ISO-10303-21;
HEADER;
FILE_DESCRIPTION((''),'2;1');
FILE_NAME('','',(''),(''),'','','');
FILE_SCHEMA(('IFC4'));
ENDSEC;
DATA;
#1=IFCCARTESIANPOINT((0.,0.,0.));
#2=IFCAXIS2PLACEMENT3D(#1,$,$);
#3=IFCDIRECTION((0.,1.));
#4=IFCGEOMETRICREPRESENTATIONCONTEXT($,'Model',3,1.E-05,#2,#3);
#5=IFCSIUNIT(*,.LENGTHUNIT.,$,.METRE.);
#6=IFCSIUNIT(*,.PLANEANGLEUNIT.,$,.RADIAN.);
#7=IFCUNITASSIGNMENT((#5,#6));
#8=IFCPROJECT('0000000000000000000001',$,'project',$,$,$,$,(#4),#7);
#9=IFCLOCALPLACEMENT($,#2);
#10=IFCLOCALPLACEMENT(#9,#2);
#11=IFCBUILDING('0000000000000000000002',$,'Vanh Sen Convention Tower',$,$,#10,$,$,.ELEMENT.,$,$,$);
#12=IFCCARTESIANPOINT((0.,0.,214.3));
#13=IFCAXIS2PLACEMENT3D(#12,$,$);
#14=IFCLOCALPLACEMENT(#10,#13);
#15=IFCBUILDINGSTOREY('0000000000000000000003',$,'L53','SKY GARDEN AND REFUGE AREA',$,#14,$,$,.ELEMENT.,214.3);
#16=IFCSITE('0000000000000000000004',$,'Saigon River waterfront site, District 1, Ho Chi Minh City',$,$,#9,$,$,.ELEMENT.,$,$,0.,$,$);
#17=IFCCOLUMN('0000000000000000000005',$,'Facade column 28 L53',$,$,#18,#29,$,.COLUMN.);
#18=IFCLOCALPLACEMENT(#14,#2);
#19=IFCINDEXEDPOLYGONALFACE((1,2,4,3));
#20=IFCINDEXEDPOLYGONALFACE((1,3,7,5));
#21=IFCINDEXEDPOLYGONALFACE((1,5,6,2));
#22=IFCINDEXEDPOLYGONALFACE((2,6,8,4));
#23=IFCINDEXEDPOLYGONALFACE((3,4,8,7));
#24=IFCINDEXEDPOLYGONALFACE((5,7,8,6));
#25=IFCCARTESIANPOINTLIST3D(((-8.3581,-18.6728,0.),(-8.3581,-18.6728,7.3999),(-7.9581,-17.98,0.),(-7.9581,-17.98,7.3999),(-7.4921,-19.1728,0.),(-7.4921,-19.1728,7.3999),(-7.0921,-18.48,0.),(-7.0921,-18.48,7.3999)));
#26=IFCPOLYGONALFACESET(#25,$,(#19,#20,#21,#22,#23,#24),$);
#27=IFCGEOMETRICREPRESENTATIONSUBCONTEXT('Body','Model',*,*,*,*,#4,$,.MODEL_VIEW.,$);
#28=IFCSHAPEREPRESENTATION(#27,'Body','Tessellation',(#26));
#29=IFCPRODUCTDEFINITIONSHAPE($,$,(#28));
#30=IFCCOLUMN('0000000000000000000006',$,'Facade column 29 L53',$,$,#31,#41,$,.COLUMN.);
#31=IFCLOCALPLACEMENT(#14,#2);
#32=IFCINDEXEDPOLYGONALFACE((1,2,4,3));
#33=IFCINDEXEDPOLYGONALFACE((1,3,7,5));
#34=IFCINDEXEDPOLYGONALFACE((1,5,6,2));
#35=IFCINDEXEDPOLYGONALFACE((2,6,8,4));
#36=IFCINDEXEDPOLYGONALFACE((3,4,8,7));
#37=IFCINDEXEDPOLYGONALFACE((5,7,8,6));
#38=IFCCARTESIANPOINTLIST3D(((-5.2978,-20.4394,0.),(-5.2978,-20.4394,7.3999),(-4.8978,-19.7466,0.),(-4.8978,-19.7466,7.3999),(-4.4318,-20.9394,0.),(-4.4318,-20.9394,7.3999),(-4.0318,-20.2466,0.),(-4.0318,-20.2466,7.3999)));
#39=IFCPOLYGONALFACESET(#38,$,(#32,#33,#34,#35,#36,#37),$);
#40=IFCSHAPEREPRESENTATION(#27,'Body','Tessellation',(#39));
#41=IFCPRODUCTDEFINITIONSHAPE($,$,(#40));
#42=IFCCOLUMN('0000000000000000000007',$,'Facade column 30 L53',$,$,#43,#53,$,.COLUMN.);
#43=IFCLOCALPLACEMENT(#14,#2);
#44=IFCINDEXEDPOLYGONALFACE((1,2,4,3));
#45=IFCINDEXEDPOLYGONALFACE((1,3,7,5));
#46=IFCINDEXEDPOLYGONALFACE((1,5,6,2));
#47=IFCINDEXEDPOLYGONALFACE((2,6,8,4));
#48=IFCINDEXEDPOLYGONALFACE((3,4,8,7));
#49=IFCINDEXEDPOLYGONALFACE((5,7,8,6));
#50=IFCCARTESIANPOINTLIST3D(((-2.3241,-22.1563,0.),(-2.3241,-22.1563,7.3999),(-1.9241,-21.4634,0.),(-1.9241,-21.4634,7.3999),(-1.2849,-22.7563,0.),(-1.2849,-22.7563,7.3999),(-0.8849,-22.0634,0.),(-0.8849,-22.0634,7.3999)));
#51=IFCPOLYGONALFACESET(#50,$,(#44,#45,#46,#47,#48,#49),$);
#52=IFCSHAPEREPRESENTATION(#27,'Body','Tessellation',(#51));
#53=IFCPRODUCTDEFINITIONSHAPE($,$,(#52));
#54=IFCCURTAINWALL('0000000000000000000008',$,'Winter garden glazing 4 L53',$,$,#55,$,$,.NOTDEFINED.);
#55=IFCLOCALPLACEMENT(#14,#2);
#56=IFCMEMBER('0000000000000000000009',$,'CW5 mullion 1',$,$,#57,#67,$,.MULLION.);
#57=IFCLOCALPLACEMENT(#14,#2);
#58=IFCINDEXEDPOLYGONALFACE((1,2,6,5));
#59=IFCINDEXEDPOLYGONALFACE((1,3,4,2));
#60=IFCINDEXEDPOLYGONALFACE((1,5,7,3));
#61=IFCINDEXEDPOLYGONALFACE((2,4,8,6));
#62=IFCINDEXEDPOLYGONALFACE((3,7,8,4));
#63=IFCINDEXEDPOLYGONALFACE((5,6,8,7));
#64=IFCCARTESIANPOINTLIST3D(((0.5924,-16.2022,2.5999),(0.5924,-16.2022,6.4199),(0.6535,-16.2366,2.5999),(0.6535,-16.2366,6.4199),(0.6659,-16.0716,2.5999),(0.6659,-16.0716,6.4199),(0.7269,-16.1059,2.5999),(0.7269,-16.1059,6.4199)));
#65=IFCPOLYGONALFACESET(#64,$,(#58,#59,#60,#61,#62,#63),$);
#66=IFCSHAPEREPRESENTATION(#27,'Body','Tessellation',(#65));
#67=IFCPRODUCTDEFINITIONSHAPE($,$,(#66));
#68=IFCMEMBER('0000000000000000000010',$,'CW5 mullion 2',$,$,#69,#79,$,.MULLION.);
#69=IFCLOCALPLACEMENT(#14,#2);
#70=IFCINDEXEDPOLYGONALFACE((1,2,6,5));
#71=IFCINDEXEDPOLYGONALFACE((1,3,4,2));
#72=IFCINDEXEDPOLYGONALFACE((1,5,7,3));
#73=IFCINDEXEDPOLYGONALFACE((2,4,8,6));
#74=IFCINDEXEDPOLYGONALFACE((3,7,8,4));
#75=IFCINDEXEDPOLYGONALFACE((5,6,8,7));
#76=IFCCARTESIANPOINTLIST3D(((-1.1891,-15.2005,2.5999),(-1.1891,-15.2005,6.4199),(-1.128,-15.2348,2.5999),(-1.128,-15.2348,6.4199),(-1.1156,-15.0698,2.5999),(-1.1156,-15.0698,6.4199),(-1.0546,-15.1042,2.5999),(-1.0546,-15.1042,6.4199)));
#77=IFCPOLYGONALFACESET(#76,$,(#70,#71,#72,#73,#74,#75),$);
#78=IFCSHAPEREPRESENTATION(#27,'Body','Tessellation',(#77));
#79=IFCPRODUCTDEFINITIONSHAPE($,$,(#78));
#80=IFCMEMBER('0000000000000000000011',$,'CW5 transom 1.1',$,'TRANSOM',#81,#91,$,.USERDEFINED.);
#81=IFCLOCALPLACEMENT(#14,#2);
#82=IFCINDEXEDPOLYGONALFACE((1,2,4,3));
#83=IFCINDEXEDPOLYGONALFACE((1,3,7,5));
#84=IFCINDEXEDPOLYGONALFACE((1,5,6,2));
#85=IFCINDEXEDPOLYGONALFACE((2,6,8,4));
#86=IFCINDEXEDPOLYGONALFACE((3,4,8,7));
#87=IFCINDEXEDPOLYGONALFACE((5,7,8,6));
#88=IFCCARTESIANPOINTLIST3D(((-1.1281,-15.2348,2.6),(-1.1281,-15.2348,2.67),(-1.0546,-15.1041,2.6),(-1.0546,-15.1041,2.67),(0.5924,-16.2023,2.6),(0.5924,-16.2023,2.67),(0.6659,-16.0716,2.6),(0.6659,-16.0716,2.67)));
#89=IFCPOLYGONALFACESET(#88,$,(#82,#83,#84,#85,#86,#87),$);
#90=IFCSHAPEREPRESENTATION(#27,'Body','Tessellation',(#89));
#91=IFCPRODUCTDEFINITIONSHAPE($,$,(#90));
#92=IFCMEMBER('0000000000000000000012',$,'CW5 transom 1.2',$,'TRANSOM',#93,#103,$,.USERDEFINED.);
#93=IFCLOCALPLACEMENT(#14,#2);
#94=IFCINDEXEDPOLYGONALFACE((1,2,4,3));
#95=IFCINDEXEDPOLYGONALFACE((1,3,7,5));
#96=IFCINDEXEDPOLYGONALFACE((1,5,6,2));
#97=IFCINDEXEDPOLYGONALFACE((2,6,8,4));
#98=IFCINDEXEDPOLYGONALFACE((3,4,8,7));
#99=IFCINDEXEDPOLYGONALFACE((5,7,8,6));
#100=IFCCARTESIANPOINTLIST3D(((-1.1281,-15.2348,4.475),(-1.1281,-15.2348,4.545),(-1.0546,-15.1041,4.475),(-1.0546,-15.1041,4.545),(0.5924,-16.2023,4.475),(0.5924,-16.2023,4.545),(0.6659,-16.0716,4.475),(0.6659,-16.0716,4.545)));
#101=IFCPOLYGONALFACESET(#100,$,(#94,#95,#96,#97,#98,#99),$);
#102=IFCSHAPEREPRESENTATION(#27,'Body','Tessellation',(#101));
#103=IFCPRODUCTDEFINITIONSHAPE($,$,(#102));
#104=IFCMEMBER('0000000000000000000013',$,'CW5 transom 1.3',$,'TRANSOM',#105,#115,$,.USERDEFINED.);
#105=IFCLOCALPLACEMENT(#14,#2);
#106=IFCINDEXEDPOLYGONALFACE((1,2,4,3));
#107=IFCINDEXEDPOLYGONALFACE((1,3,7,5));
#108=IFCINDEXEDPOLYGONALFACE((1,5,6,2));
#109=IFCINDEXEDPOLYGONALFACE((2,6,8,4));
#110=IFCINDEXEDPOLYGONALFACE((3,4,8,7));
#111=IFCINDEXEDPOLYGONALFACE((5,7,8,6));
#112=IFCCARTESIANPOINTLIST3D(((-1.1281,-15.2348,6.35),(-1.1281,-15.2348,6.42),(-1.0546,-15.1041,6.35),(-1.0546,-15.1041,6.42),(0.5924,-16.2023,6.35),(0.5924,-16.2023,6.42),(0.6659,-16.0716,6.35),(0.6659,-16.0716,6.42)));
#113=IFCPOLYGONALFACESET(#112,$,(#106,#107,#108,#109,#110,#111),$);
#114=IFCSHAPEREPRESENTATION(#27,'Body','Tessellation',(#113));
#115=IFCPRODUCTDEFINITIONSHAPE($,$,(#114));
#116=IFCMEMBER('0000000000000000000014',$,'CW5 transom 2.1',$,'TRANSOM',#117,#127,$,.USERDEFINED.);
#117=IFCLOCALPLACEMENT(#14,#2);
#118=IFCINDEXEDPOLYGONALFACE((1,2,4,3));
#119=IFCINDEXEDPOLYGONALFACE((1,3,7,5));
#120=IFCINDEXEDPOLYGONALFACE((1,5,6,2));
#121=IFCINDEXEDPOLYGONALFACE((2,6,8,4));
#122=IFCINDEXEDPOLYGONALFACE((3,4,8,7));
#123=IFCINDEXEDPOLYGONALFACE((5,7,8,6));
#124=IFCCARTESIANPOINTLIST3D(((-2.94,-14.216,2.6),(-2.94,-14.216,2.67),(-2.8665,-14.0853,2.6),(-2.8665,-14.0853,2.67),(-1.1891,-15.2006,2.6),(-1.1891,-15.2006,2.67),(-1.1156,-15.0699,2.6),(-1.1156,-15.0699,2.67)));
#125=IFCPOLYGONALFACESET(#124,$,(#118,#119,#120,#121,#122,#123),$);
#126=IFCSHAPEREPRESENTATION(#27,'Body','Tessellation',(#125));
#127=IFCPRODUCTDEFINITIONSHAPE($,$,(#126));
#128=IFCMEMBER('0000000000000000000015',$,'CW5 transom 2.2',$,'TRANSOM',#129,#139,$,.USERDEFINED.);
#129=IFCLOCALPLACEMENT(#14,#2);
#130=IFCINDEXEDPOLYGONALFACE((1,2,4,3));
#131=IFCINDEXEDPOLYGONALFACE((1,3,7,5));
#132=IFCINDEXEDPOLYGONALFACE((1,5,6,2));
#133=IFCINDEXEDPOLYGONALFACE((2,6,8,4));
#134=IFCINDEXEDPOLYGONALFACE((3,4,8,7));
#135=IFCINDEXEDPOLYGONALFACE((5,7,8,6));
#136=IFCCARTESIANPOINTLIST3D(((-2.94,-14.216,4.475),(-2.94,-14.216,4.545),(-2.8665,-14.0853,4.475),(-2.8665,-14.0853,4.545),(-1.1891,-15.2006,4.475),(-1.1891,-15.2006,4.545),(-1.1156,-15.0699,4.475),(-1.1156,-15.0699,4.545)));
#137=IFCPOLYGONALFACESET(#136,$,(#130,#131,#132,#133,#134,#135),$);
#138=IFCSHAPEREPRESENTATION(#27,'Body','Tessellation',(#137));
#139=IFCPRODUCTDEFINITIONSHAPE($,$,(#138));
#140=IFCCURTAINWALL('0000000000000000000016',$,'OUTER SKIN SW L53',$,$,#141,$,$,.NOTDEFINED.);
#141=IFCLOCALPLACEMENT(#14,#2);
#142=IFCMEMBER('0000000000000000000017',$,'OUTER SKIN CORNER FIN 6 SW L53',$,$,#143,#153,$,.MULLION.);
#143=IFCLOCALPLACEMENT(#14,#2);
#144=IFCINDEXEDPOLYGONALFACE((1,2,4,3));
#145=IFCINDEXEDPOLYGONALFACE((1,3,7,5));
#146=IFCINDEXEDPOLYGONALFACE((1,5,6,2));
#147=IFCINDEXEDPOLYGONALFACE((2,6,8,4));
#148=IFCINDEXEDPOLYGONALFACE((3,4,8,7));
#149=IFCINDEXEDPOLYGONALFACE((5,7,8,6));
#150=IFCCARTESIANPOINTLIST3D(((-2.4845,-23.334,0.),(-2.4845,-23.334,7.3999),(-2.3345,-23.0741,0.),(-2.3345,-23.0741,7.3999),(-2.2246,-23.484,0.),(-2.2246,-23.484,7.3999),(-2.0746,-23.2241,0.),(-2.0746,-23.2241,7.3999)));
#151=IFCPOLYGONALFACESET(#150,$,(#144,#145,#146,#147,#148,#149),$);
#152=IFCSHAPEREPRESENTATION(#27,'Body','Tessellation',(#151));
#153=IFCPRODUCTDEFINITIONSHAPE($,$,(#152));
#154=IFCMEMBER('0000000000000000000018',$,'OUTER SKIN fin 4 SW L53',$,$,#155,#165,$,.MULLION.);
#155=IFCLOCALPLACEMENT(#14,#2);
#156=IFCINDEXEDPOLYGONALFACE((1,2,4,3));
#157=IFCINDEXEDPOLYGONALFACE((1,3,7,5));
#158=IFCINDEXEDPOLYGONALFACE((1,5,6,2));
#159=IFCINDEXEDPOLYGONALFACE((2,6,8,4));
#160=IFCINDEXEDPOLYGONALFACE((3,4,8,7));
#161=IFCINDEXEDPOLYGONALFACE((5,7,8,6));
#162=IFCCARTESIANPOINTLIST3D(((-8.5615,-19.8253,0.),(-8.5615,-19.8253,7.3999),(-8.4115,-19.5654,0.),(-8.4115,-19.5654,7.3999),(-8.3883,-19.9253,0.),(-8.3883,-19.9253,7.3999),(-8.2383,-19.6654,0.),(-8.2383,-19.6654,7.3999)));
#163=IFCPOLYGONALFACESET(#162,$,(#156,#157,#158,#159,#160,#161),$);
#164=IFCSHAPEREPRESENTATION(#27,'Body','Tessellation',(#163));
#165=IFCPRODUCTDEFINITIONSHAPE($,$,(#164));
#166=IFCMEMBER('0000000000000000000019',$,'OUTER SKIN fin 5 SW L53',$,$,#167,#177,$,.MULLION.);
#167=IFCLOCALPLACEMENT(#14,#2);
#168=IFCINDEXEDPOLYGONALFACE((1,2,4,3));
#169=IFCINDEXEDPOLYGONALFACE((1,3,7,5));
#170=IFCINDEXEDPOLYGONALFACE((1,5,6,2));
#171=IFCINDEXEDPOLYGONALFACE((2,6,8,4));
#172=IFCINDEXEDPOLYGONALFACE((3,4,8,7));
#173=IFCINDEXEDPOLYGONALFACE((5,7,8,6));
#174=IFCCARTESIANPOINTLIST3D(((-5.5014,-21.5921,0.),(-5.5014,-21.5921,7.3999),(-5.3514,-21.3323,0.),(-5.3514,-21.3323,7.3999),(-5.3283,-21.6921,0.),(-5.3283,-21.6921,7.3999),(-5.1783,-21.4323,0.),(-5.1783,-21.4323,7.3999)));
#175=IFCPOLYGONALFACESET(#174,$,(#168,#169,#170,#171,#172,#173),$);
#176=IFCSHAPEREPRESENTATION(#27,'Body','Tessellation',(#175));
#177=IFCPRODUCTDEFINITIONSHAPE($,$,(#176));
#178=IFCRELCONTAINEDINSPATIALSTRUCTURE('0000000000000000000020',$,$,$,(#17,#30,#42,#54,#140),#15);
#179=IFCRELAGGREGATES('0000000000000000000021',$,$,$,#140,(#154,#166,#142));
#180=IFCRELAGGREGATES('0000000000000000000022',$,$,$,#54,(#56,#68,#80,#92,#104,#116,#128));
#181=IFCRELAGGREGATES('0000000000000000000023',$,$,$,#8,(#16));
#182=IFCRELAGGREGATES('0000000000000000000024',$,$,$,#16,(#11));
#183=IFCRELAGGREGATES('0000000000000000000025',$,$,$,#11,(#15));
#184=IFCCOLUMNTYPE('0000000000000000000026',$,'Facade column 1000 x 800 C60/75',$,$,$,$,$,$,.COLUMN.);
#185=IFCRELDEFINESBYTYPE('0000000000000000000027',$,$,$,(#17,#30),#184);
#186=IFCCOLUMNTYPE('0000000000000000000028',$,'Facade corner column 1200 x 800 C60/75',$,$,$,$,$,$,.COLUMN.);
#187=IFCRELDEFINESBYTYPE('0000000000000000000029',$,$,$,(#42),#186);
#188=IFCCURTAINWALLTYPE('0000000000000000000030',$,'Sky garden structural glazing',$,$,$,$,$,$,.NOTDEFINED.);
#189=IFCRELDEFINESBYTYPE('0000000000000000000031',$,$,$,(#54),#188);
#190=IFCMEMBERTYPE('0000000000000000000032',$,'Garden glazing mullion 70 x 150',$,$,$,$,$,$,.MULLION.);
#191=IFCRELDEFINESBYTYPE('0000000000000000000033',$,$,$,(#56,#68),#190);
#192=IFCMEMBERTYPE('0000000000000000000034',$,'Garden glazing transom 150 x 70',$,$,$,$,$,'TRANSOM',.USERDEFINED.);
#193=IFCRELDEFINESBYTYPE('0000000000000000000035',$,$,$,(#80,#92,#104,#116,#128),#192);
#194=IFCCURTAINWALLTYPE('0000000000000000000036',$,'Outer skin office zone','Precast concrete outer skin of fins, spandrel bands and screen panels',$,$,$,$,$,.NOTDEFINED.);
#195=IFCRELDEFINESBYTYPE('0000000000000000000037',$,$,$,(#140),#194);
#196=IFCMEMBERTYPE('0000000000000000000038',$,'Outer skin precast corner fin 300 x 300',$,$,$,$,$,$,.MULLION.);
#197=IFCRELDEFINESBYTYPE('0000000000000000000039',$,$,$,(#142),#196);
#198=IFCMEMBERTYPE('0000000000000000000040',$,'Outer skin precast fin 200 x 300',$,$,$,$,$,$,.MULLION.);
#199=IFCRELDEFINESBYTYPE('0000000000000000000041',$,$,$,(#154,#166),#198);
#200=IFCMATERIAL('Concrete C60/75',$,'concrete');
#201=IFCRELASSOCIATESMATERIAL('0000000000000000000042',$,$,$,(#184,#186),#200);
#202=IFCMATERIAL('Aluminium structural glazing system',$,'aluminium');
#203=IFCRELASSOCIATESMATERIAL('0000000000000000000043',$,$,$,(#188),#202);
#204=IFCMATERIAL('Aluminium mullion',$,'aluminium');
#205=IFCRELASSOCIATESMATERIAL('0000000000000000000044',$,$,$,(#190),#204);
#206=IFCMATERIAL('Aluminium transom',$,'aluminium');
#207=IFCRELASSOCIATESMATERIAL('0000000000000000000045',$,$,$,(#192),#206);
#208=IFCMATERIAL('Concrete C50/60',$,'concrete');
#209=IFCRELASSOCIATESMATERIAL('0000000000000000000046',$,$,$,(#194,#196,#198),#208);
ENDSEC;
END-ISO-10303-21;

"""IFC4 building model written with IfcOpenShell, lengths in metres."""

from ifc_helpers import new_model, si_unit, direction, frame, origin, origin_2d, place, context, subcontext, project, spatial, rectangle, extrude, material, material_profile, profile_set, type_object, element, aggregate, save


model = new_model("IFC4")

# Units and contexts
model_context = context("Model", 3, precision=1e-05, world=origin(), true_north=direction((0.0, 1.0)))
body_context = subcontext(model_context, "Body", "Model", "MODEL_VIEW")
ifc_project = project(units=[si_unit("LENGTHUNIT", "METRE"), si_unit("PLANEANGLEUNIT", "RADIAN")], contexts=[model_context])

# Site, building, storey
site_placement = place(None, origin())
site = spatial("IfcSite", under=ifc_project, at=site_placement, Name="Saigon River waterfront site, District 1, Ho Chi Minh City", CompositionType="ELEMENT", RefElevation=0.0)
building_placement = place(site_placement, origin())
building = spatial("IfcBuilding", under=site, at=building_placement, Name="Vanh Sen Convention Tower", CompositionType="ELEMENT")
storey_placement = place(building_placement, frame((0.0, 0.0, 214.3)))
storey = spatial("IfcBuildingStorey", under=building, at=storey_placement, Name="L53", Description="SKY GARDEN AND REFUGE AREA", CompositionType="ELEMENT", Elevation=214.3)

# Columns
ifc_material_1 = material(Name="Concrete C60/75", Category="concrete")
ifc_material_profile_1 = material_profile(ifc_material_1, rectangle(XDim=1.0, YDim=0.8, at=origin_2d()), Name="RC 1000X800")
ifc_profile_set_1 = profile_set([ifc_material_profile_1], Name="Concrete C60/75")
column_type_1 = type_object("IfcColumnType", Name="Facade column 1000 x 800 C60/75", PredefinedType="COLUMN", material=ifc_profile_set_1)
for number, where, z_axis, x_axis, name in (
    (1, (-7.7251, -18.5764, 0.0), (0.0, 0.0, 1.0), (0.866025, -0.5, 0.0), "Facade column 28 L53"),
    (2, (-4.6648, -20.343, 0.0), (0.0, 0.0, 1.0), (0.866025, -0.5, 0.0), "Facade column 29 L53"),
):
    element("IfcColumn", number, at=place(storey_placement, frame(where, z_axis=z_axis, x_axis=x_axis)), inside=storey, type_object=column_type_1, Name=name, PredefinedType="COLUMN", context=body_context, shape_type="SweptSolid", body=[
        extrude(rectangle(XDim=1.0, YDim=0.8, at=origin_2d()), origin(), (0.0, 0.0, 1.0), 7.3999),
    ])
ifc_material_profile_2 = material_profile(ifc_material_1, rectangle(XDim=1.2, YDim=0.8, at=origin_2d()), Name="RC 1200X800")
ifc_profile_set_2 = profile_set([ifc_material_profile_2], Name="Concrete C60/75")
column_type_2 = type_object("IfcColumnType", Name="Facade corner column 1200 x 800 C60/75", PredefinedType="COLUMN", material=ifc_profile_set_2)
column_placement = place(storey_placement, frame((-1.6045, -22.1099, 0.0), z_axis=(0.0, 0.0, 1.0), x_axis=(0.866025, -0.5, 0.0)))
element("IfcColumn", 3, at=column_placement, inside=storey, type_object=column_type_2, Name="Facade column 30 L53", PredefinedType="COLUMN", context=body_context, shape_type="SweptSolid", body=[
    extrude(rectangle(XDim=1.2, YDim=0.8, at=origin_2d()), origin(), (0.0, 0.0, 1.0), 7.3999),
])

# Curtain walls, members
ifc_material_2 = material(Name="Aluminium structural glazing system", Category="aluminium")
curtain_wall_type_1 = type_object("IfcCurtainWallType", Name="Sky garden structural glazing", PredefinedType="NOTDEFINED", material=ifc_material_2)
curtain_wall_1_placement = place(storey_placement, origin())
curtain_wall_1 = element("IfcCurtainWall", 4, at=curtain_wall_1_placement, inside=storey, type_object=curtain_wall_type_1, Name="Winter garden glazing 4 L53", PredefinedType="NOTDEFINED")
ifc_material_3 = material(Name="Aluminium mullion", Category="aluminium")
ifc_material_profile_3 = material_profile(ifc_material_3, rectangle(XDim=0.1499, YDim=0.0701, at=origin_2d()), Name="Garden glazing mullion 70 x 150")
ifc_profile_set_3 = profile_set([ifc_material_profile_3], Name="Aluminium mullion")
member_type_1 = type_object("IfcMemberType", Name="Garden glazing mullion 70 x 150", PredefinedType="MULLION", material=ifc_profile_set_3)
member_1_placement = place(storey_placement, frame((0.6597, -16.1541, 2.5999), z_axis=(0.0, 0.0, 1.0), x_axis=(-0.49012, -0.871655, 0.0)))
member_1 = element("IfcMember", 5, at=member_1_placement, type_object=member_type_1, Name="CW5 mullion 1", PredefinedType="MULLION", context=body_context, shape_type="SweptSolid", body=[
    extrude(rectangle(XDim=0.1499, YDim=0.0701, at=origin_2d()), origin(), (0.0, 0.0, 1.0), 3.8201),
])
member_2_placement = place(storey_placement, frame((-1.1218, -15.1523, 2.5999), z_axis=(0.0, 0.0, 1.0), x_axis=(-0.49012, -0.871655, 0.0)))
member_2 = element("IfcMember", 6, at=member_2_placement, type_object=member_type_1, Name="CW5 mullion 2", PredefinedType="MULLION", context=body_context, shape_type="SweptSolid", body=[
    extrude(rectangle(XDim=0.1499, YDim=0.0701, at=origin_2d()), origin(), (0.0, 0.0, 1.0), 3.8201),
])
ifc_material_4 = material(Name="Aluminium transom", Category="aluminium")
ifc_material_profile_4 = material_profile(ifc_material_4, rectangle(XDim=0.1499, YDim=0.0701, at=origin_2d()), Name="Garden glazing transom 150 x 70")
ifc_profile_set_4 = profile_set([ifc_material_profile_4], Name="Aluminium transom")
member_type_2 = type_object("IfcMemberType", Name="Garden glazing transom 150 x 70", ElementType="TRANSOM", PredefinedType="USERDEFINED", material=ifc_profile_set_4)
member_3_placement = place(storey_placement, frame((0.6292, -16.137, 2.635), z_axis=(-0.871625, 0.490173, 0.0), x_axis=(-0.490173, -0.871625, 0.0)))
member_3 = element("IfcMember", 7, at=member_3_placement, type_object=member_type_2, Name="CW5 transom 1.1", ObjectType="TRANSOM", PredefinedType="USERDEFINED", context=body_context, shape_type="SweptSolid", body=[
    extrude(rectangle(XDim=0.1499, YDim=0.0701, at=origin_2d()), origin(), (0.0, 0.0, 1.0), 1.9739),
])
member_4_placement = place(storey_placement, frame((0.6292, -16.137, 4.51), z_axis=(-0.871625, 0.490173, 0.0), x_axis=(-0.490173, -0.871625, 0.0)))
member_4 = element("IfcMember", 8, at=member_4_placement, type_object=member_type_2, Name="CW5 transom 1.2", ObjectType="TRANSOM", PredefinedType="USERDEFINED", context=body_context, shape_type="SweptSolid", body=[
    extrude(rectangle(XDim=0.1499, YDim=0.0701, at=origin_2d()), origin(), (0.0, 0.0, 1.0), 1.9739),
])
member_5_placement = place(storey_placement, frame((0.6292, -16.137, 6.385), z_axis=(-0.871625, 0.490173, 0.0), x_axis=(-0.490173, -0.871625, 0.0)))
member_5 = element("IfcMember", 9, at=member_5_placement, type_object=member_type_2, Name="CW5 transom 1.3", ObjectType="TRANSOM", PredefinedType="USERDEFINED", context=body_context, shape_type="SweptSolid", body=[
    extrude(rectangle(XDim=0.1499, YDim=0.0701, at=origin_2d()), origin(), (0.0, 0.0, 1.0), 1.9739),
])
member_6_placement = place(storey_placement, frame((-1.1523, -15.1353, 2.635), z_axis=(-0.87164, 0.490146, 0.0), x_axis=(-0.490146, -0.87164, 0.0)))
member_6 = element("IfcMember", 10, at=member_6_placement, type_object=member_type_2, Name="CW5 transom 2.1", ObjectType="TRANSOM", PredefinedType="USERDEFINED", context=body_context, shape_type="SweptSolid", body=[
    extrude(rectangle(XDim=0.1499, YDim=0.0701, at=origin_2d()), origin(), (0.0, 0.0, 1.0), 2.0088),
])
member_7_placement = place(storey_placement, frame((-1.1523, -15.1353, 4.51), z_axis=(-0.87164, 0.490146, 0.0), x_axis=(-0.490146, -0.87164, 0.0)))
member_7 = element("IfcMember", 11, at=member_7_placement, type_object=member_type_2, Name="CW5 transom 2.2", ObjectType="TRANSOM", PredefinedType="USERDEFINED", context=body_context, shape_type="SweptSolid", body=[
    extrude(rectangle(XDim=0.1499, YDim=0.0701, at=origin_2d()), origin(), (0.0, 0.0, 1.0), 2.0088),
])
ifc_material_5 = material(Name="Concrete C50/60", Category="concrete")
curtain_wall_type_2 = type_object("IfcCurtainWallType", Name="Outer skin office zone", Description="Precast concrete outer skin of fins, spandrel bands and screen panels", PredefinedType="NOTDEFINED", material=ifc_material_5)
curtain_wall_2_placement = place(storey_placement, origin())
curtain_wall_2 = element("IfcCurtainWall", 12, at=curtain_wall_2_placement, inside=storey, type_object=curtain_wall_type_2, Name="OUTER SKIN SW L53", PredefinedType="NOTDEFINED")
ifc_material_profile_5 = material_profile(ifc_material_5, rectangle(XDim=0.3, YDim=0.3, at=origin_2d()), Name="Outer skin precast corner fin 300 x 300")
ifc_profile_set_5 = profile_set([ifc_material_profile_5], Name="Concrete C50/60")
member_type_3 = type_object("IfcMemberType", Name="Outer skin precast corner fin 300 x 300", PredefinedType="MULLION", material=ifc_profile_set_5)
member_8_placement = place(storey_placement, frame((-2.2795, -23.2791, 0.0), z_axis=(0.0, 0.0, 1.0), x_axis=(0.866025, -0.5, 0.0)))
member_8 = element("IfcMember", 13, at=member_8_placement, type_object=member_type_3, Name="OUTER SKIN CORNER FIN 6 SW L53", PredefinedType="MULLION", context=body_context, shape_type="SweptSolid", body=[
    extrude(rectangle(XDim=0.3, YDim=0.3, at=origin_2d()), origin(), (0.0, 0.0, 1.0), 7.3999),
])
ifc_material_profile_6 = material_profile(ifc_material_5, rectangle(XDim=0.2, YDim=0.3, at=origin_2d()), Name="Outer skin precast fin 200 x 300")
ifc_profile_set_6 = profile_set([ifc_material_profile_6], Name="Concrete C50/60")
member_type_4 = type_object("IfcMemberType", Name="Outer skin precast fin 200 x 300", PredefinedType="MULLION", material=ifc_profile_set_6)
member_9_placement = place(storey_placement, frame((-8.3999, -19.7454, 0.0), z_axis=(0.0, 0.0, 1.0), x_axis=(0.866025, -0.5, 0.0)))
member_9 = element("IfcMember", 14, at=member_9_placement, type_object=member_type_4, Name="OUTER SKIN fin 4 SW L53", PredefinedType="MULLION", context=body_context, shape_type="SweptSolid", body=[
    extrude(rectangle(XDim=0.2, YDim=0.3, at=origin_2d()), origin(), (0.0, 0.0, 1.0), 7.3999),
])
member_10_placement = place(storey_placement, frame((-5.3398, -21.5122, 0.0), z_axis=(0.0, 0.0, 1.0), x_axis=(0.866025, -0.5, 0.0)))
member_10 = element("IfcMember", 15, at=member_10_placement, type_object=member_type_4, Name="OUTER SKIN fin 5 SW L53", PredefinedType="MULLION", context=body_context, shape_type="SweptSolid", body=[
    extrude(rectangle(XDim=0.2, YDim=0.3, at=origin_2d()), origin(), (0.0, 0.0, 1.0), 7.3999),
])
aggregate(curtain_wall_2, [member_9, member_10, member_8])

aggregate(curtain_wall_1, [member_1, member_2, member_3, member_4, member_5, member_6, member_7])

save(model, "model.ifc")
